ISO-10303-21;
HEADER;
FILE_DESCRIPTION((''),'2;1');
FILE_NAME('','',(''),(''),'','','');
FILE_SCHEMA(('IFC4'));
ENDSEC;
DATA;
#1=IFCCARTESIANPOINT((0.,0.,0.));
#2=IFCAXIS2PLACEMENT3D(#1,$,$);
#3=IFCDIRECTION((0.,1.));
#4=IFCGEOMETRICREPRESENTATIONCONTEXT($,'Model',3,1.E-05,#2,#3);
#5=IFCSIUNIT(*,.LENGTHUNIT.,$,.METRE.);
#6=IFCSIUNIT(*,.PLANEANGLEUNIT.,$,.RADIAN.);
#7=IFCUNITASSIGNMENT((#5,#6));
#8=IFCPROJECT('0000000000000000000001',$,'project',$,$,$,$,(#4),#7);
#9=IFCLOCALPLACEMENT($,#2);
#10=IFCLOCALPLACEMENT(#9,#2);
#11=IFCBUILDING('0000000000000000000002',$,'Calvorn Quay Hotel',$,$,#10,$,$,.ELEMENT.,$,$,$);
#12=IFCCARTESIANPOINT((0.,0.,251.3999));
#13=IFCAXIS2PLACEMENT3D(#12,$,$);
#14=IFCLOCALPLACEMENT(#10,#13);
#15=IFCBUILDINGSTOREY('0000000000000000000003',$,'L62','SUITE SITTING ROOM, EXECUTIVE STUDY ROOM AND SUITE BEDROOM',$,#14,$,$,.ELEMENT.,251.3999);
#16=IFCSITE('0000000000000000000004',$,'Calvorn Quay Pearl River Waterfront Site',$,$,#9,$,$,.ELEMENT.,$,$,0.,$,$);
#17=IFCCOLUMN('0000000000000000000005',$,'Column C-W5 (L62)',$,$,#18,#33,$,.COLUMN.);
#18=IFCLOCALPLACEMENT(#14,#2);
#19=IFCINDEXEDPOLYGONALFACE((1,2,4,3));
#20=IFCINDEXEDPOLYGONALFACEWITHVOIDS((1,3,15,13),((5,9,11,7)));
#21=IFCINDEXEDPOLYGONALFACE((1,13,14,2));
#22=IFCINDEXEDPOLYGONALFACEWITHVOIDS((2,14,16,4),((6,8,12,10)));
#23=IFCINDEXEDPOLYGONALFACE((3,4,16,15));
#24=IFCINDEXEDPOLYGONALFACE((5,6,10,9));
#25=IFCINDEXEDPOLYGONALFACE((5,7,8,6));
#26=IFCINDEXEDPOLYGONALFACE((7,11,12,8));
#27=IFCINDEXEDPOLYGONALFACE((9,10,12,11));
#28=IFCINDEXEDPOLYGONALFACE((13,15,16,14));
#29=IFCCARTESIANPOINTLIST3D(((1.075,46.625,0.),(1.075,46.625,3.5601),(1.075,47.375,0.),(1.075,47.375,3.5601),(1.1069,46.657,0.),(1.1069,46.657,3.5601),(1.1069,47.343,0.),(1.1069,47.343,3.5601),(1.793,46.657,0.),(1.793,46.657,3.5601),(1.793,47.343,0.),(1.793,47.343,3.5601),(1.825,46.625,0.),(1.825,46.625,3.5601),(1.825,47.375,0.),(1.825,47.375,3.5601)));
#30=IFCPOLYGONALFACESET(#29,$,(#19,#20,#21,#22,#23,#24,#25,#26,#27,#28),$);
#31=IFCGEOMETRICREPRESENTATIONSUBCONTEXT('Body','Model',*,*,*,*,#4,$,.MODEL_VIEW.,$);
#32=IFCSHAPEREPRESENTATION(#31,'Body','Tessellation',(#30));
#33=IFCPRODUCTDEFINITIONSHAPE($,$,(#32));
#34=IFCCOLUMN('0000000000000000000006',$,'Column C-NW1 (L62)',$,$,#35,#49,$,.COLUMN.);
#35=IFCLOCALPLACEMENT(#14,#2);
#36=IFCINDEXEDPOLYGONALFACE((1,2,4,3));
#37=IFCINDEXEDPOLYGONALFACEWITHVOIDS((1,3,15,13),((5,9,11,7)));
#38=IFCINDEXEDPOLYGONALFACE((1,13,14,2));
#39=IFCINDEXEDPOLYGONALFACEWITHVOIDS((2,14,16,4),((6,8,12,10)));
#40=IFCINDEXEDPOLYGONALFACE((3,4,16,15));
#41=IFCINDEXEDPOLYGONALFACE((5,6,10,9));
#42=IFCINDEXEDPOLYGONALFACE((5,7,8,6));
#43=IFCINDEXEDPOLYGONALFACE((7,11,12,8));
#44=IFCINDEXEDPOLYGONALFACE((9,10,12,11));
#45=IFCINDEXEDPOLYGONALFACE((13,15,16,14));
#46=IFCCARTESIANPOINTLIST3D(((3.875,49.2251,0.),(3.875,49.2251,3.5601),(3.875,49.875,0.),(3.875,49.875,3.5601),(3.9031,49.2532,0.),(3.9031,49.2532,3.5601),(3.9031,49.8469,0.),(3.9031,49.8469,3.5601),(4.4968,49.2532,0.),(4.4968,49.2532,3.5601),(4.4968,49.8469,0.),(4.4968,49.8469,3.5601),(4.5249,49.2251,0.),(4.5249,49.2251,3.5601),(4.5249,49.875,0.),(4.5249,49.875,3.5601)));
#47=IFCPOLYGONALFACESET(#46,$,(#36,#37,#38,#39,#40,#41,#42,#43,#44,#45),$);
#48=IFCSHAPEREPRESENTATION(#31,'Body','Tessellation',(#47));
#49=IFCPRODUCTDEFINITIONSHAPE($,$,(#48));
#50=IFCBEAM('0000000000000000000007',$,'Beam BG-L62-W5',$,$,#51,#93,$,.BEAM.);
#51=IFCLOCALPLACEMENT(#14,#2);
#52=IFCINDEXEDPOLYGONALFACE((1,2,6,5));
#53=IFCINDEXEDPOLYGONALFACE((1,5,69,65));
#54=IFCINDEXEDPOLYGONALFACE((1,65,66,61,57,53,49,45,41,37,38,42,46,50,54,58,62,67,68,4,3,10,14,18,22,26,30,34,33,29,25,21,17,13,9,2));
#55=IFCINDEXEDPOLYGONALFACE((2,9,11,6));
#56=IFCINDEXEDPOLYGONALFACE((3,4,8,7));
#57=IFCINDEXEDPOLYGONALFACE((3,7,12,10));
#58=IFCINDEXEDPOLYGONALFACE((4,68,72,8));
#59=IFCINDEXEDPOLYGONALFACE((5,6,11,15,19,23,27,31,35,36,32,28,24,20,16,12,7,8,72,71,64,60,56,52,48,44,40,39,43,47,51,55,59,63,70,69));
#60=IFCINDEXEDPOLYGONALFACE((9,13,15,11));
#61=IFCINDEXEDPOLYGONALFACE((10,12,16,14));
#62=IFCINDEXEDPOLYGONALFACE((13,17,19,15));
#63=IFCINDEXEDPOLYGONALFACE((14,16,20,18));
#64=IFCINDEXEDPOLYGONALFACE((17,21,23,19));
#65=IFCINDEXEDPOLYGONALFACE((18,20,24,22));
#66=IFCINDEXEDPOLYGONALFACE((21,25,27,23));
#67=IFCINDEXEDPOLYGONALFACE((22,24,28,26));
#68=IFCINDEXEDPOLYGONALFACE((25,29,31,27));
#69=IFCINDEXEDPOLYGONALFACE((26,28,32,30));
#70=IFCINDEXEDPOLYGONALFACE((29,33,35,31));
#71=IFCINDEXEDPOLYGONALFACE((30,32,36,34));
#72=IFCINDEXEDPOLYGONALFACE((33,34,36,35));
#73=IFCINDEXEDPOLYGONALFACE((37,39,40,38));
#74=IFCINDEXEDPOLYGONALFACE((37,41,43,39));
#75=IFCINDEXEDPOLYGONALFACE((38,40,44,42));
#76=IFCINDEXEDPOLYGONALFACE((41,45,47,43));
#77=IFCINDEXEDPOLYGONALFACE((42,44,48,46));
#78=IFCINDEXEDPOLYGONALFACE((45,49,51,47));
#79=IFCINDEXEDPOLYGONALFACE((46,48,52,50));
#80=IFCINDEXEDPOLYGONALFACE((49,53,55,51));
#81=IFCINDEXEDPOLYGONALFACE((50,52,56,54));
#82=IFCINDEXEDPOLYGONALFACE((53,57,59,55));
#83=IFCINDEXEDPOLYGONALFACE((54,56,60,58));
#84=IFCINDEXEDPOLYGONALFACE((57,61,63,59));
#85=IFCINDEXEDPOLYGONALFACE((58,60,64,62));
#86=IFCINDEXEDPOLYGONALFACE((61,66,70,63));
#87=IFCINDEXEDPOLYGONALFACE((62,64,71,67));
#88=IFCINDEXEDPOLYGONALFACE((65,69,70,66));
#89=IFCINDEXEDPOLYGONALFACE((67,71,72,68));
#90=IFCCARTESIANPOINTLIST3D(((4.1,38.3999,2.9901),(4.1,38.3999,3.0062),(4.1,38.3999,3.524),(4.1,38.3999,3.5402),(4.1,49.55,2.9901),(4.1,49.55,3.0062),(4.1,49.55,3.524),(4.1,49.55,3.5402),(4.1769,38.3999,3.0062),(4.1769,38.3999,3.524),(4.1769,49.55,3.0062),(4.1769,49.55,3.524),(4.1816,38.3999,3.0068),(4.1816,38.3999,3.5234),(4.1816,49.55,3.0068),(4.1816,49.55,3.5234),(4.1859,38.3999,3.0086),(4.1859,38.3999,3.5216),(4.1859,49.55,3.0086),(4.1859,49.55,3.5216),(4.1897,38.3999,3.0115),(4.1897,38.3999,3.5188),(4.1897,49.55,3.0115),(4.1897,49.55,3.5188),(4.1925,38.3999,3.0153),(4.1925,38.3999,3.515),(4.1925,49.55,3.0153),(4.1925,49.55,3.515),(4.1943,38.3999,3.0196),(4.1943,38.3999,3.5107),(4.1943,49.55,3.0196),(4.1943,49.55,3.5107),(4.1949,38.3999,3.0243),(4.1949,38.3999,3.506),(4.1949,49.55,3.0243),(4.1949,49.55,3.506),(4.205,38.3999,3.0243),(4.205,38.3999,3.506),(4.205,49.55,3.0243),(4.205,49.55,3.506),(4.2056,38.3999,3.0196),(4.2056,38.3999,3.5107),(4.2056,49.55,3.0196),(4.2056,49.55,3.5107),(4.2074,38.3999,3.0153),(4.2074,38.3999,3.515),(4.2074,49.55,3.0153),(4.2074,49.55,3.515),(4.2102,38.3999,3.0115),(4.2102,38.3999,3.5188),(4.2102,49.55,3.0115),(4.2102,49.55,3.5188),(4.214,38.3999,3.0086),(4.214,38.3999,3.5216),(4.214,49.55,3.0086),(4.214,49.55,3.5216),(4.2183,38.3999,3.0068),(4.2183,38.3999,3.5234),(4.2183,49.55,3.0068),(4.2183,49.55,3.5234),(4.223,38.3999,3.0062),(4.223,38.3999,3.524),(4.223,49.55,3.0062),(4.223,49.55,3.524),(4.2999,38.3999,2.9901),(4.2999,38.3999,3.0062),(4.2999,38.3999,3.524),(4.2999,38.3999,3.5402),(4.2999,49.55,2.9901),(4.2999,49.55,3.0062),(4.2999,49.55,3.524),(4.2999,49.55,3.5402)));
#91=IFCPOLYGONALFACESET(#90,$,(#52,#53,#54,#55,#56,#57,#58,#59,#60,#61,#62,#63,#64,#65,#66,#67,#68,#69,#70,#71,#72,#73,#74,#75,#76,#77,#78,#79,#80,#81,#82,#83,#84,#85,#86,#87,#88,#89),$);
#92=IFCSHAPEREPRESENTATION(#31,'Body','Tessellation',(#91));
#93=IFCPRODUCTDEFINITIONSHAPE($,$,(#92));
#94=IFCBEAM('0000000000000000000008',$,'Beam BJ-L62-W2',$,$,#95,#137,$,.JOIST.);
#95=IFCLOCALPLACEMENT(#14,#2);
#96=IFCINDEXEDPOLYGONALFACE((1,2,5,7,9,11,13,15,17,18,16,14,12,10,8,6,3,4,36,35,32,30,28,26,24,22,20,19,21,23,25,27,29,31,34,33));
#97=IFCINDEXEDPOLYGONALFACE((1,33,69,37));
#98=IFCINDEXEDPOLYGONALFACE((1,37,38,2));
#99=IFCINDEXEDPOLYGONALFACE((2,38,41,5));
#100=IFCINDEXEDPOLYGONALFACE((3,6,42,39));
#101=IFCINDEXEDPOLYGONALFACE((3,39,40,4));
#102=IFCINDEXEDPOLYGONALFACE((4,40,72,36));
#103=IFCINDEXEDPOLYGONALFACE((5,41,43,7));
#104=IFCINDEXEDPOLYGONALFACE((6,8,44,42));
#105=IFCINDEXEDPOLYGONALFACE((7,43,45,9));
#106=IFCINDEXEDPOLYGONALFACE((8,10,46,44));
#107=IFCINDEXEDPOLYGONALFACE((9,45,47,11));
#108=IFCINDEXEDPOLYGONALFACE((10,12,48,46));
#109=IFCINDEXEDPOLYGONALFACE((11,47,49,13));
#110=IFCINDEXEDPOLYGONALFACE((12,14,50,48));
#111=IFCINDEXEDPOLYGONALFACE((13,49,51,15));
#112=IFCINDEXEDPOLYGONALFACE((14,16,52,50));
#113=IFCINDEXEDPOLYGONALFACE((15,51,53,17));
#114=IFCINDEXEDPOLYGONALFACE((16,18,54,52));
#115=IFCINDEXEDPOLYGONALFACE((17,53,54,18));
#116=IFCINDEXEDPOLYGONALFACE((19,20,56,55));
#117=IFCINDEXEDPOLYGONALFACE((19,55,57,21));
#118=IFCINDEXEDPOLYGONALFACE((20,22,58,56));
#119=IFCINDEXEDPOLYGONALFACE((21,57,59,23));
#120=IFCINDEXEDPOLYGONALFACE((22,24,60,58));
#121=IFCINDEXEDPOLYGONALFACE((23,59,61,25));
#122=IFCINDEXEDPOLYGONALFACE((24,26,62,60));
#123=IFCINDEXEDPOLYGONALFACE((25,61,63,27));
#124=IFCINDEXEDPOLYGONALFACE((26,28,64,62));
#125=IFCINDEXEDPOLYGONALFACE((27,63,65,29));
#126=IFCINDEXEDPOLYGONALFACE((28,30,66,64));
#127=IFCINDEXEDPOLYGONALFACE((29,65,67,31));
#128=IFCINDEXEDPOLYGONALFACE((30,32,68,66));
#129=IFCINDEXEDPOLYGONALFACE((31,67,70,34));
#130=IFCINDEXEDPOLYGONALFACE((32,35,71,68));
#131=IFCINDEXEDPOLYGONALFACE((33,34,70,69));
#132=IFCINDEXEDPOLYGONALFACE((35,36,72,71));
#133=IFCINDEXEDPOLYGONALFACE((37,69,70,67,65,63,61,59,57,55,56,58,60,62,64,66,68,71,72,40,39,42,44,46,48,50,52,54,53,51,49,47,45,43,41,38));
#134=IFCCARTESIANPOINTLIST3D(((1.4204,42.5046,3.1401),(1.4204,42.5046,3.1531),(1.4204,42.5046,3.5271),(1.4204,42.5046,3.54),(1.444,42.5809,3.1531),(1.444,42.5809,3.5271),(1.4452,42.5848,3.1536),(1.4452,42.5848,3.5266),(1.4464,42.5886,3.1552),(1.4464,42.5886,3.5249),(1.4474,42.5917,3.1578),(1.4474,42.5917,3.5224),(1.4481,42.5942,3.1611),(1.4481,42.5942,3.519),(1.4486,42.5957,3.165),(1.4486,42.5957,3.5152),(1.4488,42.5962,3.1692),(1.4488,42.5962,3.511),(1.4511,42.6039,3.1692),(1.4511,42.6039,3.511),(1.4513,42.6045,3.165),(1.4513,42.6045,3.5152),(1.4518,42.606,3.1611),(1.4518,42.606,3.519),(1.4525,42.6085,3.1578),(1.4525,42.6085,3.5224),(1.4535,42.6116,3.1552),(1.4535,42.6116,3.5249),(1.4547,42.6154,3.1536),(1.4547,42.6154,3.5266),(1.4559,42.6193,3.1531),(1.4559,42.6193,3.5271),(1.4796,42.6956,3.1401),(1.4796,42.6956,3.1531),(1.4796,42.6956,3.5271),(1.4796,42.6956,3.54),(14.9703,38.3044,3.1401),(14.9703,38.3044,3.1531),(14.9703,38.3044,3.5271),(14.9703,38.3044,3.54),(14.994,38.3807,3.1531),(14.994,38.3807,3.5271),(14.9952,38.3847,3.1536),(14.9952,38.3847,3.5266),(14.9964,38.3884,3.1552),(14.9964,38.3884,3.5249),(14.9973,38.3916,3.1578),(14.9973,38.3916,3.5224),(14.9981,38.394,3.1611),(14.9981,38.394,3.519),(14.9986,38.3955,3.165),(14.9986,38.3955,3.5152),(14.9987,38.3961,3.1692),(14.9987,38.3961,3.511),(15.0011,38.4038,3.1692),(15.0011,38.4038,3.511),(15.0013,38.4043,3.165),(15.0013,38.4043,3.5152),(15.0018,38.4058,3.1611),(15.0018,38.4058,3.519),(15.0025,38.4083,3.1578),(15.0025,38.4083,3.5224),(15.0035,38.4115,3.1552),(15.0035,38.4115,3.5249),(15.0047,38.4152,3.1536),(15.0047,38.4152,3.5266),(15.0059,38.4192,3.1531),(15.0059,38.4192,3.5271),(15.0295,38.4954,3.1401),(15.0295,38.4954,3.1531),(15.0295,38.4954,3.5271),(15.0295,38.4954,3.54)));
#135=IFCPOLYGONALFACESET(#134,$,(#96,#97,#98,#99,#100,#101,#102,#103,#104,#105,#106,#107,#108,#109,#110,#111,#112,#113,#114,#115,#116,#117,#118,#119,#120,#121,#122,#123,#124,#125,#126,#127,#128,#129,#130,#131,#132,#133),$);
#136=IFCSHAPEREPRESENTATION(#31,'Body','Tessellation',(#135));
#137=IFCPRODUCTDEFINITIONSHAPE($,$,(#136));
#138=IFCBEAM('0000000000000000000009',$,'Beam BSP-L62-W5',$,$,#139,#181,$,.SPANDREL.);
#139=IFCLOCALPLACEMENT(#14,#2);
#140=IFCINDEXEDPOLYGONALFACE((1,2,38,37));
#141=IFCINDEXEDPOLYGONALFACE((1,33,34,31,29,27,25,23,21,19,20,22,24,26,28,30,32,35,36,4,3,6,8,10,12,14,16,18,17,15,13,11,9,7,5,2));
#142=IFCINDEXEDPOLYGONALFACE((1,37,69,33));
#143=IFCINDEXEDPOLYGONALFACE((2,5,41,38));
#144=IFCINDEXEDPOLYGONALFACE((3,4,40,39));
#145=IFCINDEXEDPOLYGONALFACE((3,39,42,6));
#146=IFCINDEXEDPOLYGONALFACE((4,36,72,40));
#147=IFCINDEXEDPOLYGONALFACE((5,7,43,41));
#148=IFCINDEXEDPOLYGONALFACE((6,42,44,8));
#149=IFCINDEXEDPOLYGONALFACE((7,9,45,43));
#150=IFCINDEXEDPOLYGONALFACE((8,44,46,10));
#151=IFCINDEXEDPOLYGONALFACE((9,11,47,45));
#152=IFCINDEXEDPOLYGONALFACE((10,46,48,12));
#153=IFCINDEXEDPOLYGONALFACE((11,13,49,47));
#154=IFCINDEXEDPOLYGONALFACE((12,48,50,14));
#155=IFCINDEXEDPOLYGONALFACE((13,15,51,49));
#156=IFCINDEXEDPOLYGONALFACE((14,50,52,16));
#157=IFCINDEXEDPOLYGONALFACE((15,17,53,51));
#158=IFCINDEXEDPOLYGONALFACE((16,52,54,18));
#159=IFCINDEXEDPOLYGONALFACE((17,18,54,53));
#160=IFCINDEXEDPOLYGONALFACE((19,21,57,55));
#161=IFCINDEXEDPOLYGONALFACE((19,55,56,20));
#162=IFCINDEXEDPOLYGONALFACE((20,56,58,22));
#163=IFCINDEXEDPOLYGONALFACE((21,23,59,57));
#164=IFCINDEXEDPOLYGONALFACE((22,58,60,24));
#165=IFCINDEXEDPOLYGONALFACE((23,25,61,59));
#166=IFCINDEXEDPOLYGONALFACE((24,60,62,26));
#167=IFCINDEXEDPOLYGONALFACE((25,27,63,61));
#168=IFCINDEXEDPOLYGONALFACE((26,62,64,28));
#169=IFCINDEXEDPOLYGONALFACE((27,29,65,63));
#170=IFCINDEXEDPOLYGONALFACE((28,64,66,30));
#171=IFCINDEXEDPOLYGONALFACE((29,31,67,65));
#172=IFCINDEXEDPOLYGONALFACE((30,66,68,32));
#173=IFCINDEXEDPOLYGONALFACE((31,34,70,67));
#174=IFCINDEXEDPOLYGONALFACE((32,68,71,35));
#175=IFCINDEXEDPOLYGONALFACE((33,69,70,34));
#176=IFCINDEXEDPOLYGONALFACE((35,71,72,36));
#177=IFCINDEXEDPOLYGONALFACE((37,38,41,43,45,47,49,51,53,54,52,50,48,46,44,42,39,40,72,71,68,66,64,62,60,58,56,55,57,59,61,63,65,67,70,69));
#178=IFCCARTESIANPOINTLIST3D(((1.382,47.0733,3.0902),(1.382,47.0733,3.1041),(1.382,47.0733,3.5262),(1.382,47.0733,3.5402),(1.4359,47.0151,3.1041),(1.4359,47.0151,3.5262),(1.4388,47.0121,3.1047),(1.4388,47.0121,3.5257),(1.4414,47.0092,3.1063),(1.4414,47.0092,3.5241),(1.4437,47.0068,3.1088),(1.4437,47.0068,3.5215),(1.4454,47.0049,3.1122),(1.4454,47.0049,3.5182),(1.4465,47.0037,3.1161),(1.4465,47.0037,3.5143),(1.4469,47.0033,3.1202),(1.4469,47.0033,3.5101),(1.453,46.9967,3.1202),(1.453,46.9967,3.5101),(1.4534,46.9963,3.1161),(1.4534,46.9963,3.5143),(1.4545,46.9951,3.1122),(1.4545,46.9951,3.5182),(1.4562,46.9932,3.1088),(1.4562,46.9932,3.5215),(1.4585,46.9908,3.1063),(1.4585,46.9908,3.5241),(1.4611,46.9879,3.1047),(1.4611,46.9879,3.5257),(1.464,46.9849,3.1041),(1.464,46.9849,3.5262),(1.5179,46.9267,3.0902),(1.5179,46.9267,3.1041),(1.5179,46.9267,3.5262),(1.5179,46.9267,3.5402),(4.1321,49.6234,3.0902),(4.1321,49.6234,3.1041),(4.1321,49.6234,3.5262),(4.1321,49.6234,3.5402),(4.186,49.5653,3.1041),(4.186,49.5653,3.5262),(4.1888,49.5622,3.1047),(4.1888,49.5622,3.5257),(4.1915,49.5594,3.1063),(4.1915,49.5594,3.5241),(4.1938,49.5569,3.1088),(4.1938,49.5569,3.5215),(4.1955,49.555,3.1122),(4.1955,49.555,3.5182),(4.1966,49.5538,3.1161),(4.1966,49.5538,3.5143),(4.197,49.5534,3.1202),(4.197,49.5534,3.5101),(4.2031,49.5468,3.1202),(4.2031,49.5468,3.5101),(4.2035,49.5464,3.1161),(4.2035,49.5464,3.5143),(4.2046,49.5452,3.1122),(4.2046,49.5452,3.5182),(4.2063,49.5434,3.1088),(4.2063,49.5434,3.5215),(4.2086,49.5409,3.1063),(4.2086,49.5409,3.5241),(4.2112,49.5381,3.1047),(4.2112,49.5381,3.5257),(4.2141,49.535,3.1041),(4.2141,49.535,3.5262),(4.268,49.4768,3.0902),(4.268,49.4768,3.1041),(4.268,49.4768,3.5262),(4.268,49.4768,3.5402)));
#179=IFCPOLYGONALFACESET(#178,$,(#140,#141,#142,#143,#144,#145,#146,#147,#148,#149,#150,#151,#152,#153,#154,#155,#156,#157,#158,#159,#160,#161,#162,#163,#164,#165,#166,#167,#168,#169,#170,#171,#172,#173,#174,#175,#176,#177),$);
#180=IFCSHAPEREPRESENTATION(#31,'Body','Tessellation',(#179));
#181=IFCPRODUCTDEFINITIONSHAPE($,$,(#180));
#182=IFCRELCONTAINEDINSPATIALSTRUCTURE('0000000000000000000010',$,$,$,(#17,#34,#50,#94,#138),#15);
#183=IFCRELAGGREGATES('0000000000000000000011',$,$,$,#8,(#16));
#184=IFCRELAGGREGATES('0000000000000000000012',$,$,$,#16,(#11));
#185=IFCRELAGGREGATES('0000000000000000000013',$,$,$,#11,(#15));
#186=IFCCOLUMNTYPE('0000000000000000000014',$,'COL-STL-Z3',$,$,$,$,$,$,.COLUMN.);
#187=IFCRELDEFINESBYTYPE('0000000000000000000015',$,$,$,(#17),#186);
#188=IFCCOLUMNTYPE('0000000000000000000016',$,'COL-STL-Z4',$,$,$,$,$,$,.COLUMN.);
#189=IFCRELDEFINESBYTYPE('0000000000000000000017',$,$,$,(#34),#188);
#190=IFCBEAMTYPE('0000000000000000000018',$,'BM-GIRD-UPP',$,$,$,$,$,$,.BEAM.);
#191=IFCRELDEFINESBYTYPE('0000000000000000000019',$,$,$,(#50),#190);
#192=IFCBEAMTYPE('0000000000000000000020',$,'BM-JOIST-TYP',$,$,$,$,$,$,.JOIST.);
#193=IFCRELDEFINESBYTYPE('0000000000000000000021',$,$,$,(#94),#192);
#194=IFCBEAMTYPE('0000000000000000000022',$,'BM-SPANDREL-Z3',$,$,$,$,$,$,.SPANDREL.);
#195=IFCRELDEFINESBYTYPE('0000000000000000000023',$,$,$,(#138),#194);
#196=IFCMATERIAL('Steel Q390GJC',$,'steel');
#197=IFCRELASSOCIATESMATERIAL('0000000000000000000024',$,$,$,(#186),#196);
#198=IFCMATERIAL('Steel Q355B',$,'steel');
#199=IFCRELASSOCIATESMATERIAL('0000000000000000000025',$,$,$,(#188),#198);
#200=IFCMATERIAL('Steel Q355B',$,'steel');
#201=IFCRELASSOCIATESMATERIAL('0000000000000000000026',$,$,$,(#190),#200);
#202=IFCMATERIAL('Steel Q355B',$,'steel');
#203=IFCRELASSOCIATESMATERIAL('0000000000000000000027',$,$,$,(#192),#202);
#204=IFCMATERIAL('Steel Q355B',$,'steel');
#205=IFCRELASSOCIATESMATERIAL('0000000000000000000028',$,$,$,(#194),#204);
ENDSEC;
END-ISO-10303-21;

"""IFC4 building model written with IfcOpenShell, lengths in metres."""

from ifc_helpers import new_model, si_unit, direction, frame, origin, origin_2d, place, context, subcontext, project, spatial, hollow_rectangle, i_section, extrude, material, material_profile, profile_set, type_object, element, save


model = new_model("IFC4")

# Units and contexts
model_context = context("Model", 3, precision=1e-05, world=origin(), true_north=direction((0.0, 1.0)))
body_context = subcontext(model_context, "Body", "Model", "MODEL_VIEW")
ifc_project = project(units=[si_unit("LENGTHUNIT", "METRE"), si_unit("PLANEANGLEUNIT", "RADIAN")], contexts=[model_context])

# Site, building, storey
site_placement = place(None, origin())
site = spatial("IfcSite", under=ifc_project, at=site_placement, Name="Calvorn Quay Pearl River Waterfront Site", CompositionType="ELEMENT", RefElevation=0.0)
building_placement = place(site_placement, origin())
building = spatial("IfcBuilding", under=site, at=building_placement, Name="Calvorn Quay Hotel", CompositionType="ELEMENT")
storey_placement = place(building_placement, frame((0.0, 0.0, 251.3999)))
storey = spatial("IfcBuildingStorey", under=building, at=storey_placement, Name="L62", Description="SUITE SITTING ROOM, EXECUTIVE STUDY ROOM AND SUITE BEDROOM", CompositionType="ELEMENT", Elevation=251.3999)

# Columns
ifc_material_1 = material(Name="Steel Q390GJC", Category="steel")
ifc_material_profile_1 = material_profile(ifc_material_1, hollow_rectangle(XDim=0.75, YDim=0.75, WallThickness=0.032, at=origin_2d()), Name="BOX750x750x32")
ifc_profile_set_1 = profile_set([ifc_material_profile_1], Name="Steel Q390GJC")
column_type_1 = type_object("IfcColumnType", Name="COL-STL-Z3", PredefinedType="COLUMN", material=ifc_profile_set_1)
column_1_placement = place(storey_placement, frame((1.45, 47.0, 0.0), z_axis=(0.0, 0.0, 1.0), x_axis=(1.0, 0.0, 0.0)))
element("IfcColumn", 1, at=column_1_placement, inside=storey, type_object=column_type_1, Name="Column C-W5 (L62)", PredefinedType="COLUMN", context=body_context, shape_type="SweptSolid", body=[
    extrude(hollow_rectangle(XDim=0.75, YDim=0.75, WallThickness=0.032, at=origin_2d()), origin(), (0.0, 0.0, 1.0), 3.5601),
])
ifc_material_2 = material(Name="Steel Q355B", Category="steel")
ifc_material_profile_2 = material_profile(ifc_material_2, hollow_rectangle(XDim=0.6499, YDim=0.6499, WallThickness=0.0281, at=origin_2d()), Name="BOX650x650x28")
ifc_profile_set_2 = profile_set([ifc_material_profile_2], Name="Steel Q355B")
column_type_2 = type_object("IfcColumnType", Name="COL-STL-Z4", PredefinedType="COLUMN", material=ifc_profile_set_2)
column_2_placement = place(storey_placement, frame((4.2, 49.55, 0.0), z_axis=(0.0, 0.0, 1.0), x_axis=(1.0, 0.0, 0.0)))
element("IfcColumn", 2, at=column_2_placement, inside=storey, type_object=column_type_2, Name="Column C-NW1 (L62)", PredefinedType="COLUMN", context=body_context, shape_type="SweptSolid", body=[
    extrude(hollow_rectangle(XDim=0.6499, YDim=0.6499, WallThickness=0.0281, at=origin_2d()), origin(), (0.0, 0.0, 1.0), 3.5601),
])

# Beams
ifc_material_3 = material(Name="Steel Q355B", Category="steel")
ifc_material_profile_3 = material_profile(ifc_material_3, i_section(OverallWidth=0.2, OverallDepth=0.55, WebThickness=0.01, FlangeThickness=0.0161, FilletRadius=0.0181, at=origin_2d()), Name="HN550x200x10x16")
ifc_profile_set_3 = profile_set([ifc_material_profile_3], Name="Steel Q355B")
beam_type_1 = type_object("IfcBeamType", Name="BM-GIRD-UPP", PredefinedType="BEAM", material=ifc_profile_set_3)
beam_1_placement = place(storey_placement, frame((4.2, 49.55, 3.2651), z_axis=(0.0, -1.0, 0.0), x_axis=(1.0, 0.0, 0.0)))
element("IfcBeam", 3, at=beam_1_placement, inside=storey, type_object=beam_type_1, Name="Beam BG-L62-W5", PredefinedType="BEAM", context=body_context, shape_type="SweptSolid", body=[
    extrude(i_section(OverallWidth=0.2, OverallDepth=0.55, WebThickness=0.01, FlangeThickness=0.0161, FilletRadius=0.0181, at=origin_2d()), origin(), (0.0, 0.0, 1.0), 11.1501),
])
ifc_material_4 = material(Name="Steel Q355B", Category="steel")
ifc_material_profile_4 = material_profile(ifc_material_4, i_section(OverallWidth=0.2, OverallDepth=0.3999, WebThickness=0.0081, FlangeThickness=0.0129, FilletRadius=0.0161, at=origin_2d()), Name="HN400x200x8x13")
ifc_profile_set_4 = profile_set([ifc_material_profile_4], Name="Steel Q355B")
beam_type_2 = type_object("IfcBeamType", Name="BM-JOIST-TYP", PredefinedType="JOIST", material=ifc_profile_set_4)
beam_2_placement = place(storey_placement, frame((1.45, 42.6001, 3.3401), z_axis=(0.955164, -0.296078, 0.0), x_axis=(0.296078, 0.955164, 0.0)))
element("IfcBeam", 4, at=beam_2_placement, inside=storey, type_object=beam_type_2, Name="Beam BJ-L62-W2", PredefinedType="JOIST", context=body_context, shape_type="SweptSolid", body=[
    extrude(i_section(OverallWidth=0.2, OverallDepth=0.3999, WebThickness=0.0081, FlangeThickness=0.0129, FilletRadius=0.0161, at=origin_2d()), origin(), (0.0, 0.0, 1.0), 14.186),
])
ifc_material_5 = material(Name="Steel Q355B", Category="steel")
ifc_material_profile_5 = material_profile(ifc_material_5, i_section(OverallWidth=0.2, OverallDepth=0.45, WebThickness=0.009, FlangeThickness=0.0139, FilletRadius=0.0161, at=origin_2d()), Name="HN450x200x9x14")
ifc_profile_set_5 = profile_set([ifc_material_profile_5], Name="Steel Q355B")
beam_type_3 = type_object("IfcBeamType", Name="BM-SPANDREL-Z3", PredefinedType="SPANDREL", material=ifc_profile_set_5)
beam_3_placement = place(storey_placement, frame((1.45, 47.0, 3.3152), z_axis=(0.733262, 0.679947, 0.0), x_axis=(-0.679947, 0.733262, 0.0)))
element("IfcBeam", 5, at=beam_3_placement, inside=storey, type_object=beam_type_3, Name="Beam BSP-L62-W5", PredefinedType="SPANDREL", context=body_context, shape_type="SweptSolid", body=[
    extrude(i_section(OverallWidth=0.2, OverallDepth=0.45, WebThickness=0.009, FlangeThickness=0.0139, FilletRadius=0.0161, at=origin_2d()), origin(), (0.0, 0.0, 1.0), 3.7505),
])

save(model, "model.ifc")
